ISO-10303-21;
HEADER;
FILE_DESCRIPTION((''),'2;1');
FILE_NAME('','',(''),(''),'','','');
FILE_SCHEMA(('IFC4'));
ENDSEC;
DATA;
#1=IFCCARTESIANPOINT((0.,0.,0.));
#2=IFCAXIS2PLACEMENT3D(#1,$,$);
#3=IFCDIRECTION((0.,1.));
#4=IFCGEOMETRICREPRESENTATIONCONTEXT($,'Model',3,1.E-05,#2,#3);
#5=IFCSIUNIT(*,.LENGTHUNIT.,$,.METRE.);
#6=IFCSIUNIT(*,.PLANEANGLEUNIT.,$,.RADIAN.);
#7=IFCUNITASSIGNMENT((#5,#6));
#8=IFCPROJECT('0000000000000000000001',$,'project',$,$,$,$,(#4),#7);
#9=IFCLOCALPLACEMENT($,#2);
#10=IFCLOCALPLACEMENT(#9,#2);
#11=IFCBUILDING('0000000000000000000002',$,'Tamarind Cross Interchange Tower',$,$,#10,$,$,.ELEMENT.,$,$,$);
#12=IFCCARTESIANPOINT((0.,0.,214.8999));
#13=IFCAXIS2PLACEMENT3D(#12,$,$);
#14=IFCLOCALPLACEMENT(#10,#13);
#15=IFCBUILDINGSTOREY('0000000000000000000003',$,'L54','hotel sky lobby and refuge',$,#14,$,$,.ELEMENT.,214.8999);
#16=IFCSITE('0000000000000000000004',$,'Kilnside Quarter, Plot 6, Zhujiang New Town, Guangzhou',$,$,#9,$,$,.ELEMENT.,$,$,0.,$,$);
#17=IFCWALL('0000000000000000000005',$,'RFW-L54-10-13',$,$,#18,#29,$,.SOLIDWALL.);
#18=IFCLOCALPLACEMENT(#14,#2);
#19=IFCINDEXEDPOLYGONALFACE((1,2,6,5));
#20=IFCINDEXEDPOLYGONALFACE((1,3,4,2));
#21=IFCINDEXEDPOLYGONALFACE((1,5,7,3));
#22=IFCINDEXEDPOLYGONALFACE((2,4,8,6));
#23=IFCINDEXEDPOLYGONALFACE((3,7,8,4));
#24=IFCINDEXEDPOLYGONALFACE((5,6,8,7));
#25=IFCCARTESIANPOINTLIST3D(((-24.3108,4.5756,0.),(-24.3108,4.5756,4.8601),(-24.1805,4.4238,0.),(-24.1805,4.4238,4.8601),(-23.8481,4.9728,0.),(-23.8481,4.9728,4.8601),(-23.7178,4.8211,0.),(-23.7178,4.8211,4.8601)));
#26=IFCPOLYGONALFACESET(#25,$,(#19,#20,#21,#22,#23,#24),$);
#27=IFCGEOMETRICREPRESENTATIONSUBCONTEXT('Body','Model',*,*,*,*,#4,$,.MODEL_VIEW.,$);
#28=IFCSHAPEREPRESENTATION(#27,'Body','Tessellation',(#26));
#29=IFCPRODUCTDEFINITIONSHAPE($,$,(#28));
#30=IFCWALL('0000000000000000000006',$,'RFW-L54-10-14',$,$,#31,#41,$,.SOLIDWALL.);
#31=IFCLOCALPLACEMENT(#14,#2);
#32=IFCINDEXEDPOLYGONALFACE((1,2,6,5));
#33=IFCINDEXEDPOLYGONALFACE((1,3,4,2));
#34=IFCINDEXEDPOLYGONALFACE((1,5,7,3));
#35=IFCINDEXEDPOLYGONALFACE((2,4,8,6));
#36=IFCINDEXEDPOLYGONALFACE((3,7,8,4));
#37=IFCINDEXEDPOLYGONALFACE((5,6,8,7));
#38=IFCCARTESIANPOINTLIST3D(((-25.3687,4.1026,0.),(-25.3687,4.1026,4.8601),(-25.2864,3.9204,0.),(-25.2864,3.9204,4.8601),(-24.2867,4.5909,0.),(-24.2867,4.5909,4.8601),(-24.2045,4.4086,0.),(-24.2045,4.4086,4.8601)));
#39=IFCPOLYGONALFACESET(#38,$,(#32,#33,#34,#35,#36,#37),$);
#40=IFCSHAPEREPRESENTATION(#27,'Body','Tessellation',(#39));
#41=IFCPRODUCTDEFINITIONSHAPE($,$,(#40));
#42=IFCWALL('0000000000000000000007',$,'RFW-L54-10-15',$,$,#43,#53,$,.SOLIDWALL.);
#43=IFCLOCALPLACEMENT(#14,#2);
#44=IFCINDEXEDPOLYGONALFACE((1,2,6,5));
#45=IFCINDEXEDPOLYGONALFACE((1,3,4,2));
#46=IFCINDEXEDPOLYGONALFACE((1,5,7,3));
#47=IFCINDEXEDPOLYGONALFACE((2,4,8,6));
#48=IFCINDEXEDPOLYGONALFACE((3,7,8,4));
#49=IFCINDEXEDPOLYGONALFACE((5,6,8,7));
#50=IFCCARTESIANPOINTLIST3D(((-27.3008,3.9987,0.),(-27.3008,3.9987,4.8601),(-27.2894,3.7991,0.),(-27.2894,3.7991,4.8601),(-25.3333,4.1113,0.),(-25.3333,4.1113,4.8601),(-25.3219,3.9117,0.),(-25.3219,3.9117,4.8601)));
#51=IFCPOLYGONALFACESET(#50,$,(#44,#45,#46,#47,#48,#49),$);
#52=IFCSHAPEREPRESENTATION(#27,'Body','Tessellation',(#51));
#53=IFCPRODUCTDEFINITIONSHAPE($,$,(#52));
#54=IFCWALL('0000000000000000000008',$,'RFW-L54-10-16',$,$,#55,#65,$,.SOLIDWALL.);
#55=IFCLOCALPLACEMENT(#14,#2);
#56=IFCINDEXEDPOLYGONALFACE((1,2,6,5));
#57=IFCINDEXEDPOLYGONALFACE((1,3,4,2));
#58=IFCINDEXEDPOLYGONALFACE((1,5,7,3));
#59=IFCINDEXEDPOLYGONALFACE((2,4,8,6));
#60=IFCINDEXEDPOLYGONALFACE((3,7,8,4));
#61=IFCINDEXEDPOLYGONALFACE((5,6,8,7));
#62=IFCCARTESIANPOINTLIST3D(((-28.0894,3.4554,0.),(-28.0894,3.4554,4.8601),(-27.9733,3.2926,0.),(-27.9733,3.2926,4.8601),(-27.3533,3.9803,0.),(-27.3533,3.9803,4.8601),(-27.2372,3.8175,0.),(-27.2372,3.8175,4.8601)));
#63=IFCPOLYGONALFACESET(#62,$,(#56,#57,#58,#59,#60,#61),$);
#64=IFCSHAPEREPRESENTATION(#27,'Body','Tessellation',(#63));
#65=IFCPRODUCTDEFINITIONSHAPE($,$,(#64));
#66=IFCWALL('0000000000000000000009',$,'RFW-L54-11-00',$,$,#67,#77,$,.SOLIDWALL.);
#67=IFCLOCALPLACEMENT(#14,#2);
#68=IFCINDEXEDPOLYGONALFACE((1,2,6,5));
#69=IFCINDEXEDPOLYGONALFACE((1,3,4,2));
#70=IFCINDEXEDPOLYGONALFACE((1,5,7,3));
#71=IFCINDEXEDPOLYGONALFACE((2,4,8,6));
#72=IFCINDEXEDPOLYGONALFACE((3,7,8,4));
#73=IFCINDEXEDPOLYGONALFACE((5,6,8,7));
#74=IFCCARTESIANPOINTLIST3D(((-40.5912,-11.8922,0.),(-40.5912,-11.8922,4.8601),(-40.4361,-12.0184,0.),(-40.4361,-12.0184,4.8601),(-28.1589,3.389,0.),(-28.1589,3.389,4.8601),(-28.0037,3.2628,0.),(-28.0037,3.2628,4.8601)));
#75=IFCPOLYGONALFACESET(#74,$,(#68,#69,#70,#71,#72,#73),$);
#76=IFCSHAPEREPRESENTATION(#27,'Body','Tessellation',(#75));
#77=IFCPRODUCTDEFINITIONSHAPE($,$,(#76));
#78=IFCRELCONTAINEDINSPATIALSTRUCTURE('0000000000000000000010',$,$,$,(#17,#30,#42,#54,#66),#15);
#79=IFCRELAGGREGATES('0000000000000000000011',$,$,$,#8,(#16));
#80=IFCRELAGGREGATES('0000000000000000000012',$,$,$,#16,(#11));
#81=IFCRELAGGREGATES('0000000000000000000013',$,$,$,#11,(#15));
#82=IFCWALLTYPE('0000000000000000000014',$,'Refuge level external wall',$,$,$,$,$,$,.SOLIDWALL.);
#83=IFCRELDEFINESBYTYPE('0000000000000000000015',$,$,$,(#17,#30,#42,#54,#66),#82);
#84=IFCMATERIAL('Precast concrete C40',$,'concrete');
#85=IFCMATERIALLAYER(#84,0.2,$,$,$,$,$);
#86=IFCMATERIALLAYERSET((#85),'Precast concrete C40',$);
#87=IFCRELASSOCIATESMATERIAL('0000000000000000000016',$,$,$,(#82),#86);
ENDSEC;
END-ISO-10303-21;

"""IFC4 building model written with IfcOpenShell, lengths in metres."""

from ifc_helpers import new_model, si_unit, direction, frame, frame_2d, origin, place, context, subcontext, project, spatial, rectangle, extrude, material, layer, layer_set, type_object, element, save


model = new_model("IFC4")

# Units and contexts
model_context = context("Model", 3, precision=1e-05, world=origin(), true_north=direction((0.0, 1.0)))
body_context = subcontext(model_context, "Body", "Model", "MODEL_VIEW")
ifc_project = project(units=[si_unit("LENGTHUNIT", "METRE"), si_unit("PLANEANGLEUNIT", "RADIAN")], contexts=[model_context])

# Site, building, storey
site_placement = place(None, origin())
site = spatial("IfcSite", under=ifc_project, at=site_placement, Name="Kilnside Quarter, Plot 6, Zhujiang New Town, Guangzhou", CompositionType="ELEMENT", RefElevation=0.0)
building_placement = place(site_placement, origin())
building = spatial("IfcBuilding", under=site, at=building_placement, Name="Tamarind Cross Interchange Tower", CompositionType="ELEMENT")
storey_placement = place(building_placement, frame((0.0, 0.0, 214.8999)))
storey = spatial("IfcBuildingStorey", under=building, at=storey_placement, Name="L54", Description="hotel sky lobby and refuge", CompositionType="ELEMENT", Elevation=214.8999)

# Shared definitions
ifc_material_1 = material(Name="Precast concrete C40", Category="concrete")
ifc_layer_1 = layer(ifc_material_1, 0.2)
ifc_layer_set_1 = layer_set([ifc_layer_1], Name="Precast concrete C40")
wall_type_1 = type_object("IfcWallType", Name="Refuge level external wall", PredefinedType="SOLIDWALL", material=ifc_layer_set_1)

# Walls
wall_1_placement = place(storey_placement, frame((-23.783, 4.897, 0.0), z_axis=(0.0, 0.0, 1.0), x_axis=(-0.758719, -0.651418, 0.0)))
element("IfcWall", 1, at=wall_1_placement, inside=storey, type_object=wall_type_1, Name="RFW-L54-10-13", PredefinedType="SOLIDWALL", context=body_context, shape_type="SweptSolid", body=[
    extrude(rectangle(XDim=0.6099, YDim=0.2, at=frame_2d((0.3049, 0.0))), origin(), (0.0, 0.0, 1.0), 4.8601),
])
wall_2_placement = place(storey_placement, frame((-24.2456, 4.4998, 0.0), z_axis=(0.0, 0.0, 1.0), x_axis=(-0.91149, -0.411322, 0.0)))
element("IfcWall", 2, at=wall_2_placement, inside=storey, type_object=wall_type_1, Name="RFW-L54-10-14", PredefinedType="SOLIDWALL", context=body_context, shape_type="SweptSolid", body=[
    extrude(rectangle(XDim=1.187, YDim=0.2, at=frame_2d((0.5935, 0.0))), origin(), (0.0, 0.0, 1.0), 4.8601),
])
wall_3_placement = place(storey_placement, frame((-25.3276, 4.0115, 0.0), z_axis=(0.0, 0.0, 1.0), x_axis=(-0.998368, -0.05711, 0.0)))
element("IfcWall", 3, at=wall_3_placement, inside=storey, type_object=wall_type_1, Name="RFW-L54-10-15", PredefinedType="SOLIDWALL", context=body_context, shape_type="SweptSolid", body=[
    extrude(rectangle(XDim=1.9707, YDim=0.2, at=frame_2d((0.9854, 0.0))), origin(), (0.0, 0.0, 1.0), 4.8601),
])
wall_4_placement = place(storey_placement, frame((-27.2952, 3.8989, 0.0), z_axis=(0.0, 0.0, 1.0), x_axis=(-0.814189, -0.580599, 0.0)))
element("IfcWall", 4, at=wall_4_placement, inside=storey, type_object=wall_type_1, Name="RFW-L54-10-16", PredefinedType="SOLIDWALL", context=body_context, shape_type="SweptSolid", body=[
    extrude(rectangle(XDim=0.9041, YDim=0.2, at=frame_2d((0.4521, 0.0))), origin(), (0.0, 0.0, 1.0), 4.8601),
])
wall_5_placement = place(storey_placement, frame((-28.0813, 3.3259, 0.0), z_axis=(0.0, 0.0, 1.0), x_axis=(-0.631093, -0.775707, 0.0)))
element("IfcWall", 5, at=wall_5_placement, inside=storey, type_object=wall_type_1, Name="RFW-L54-11-00", PredefinedType="SOLIDWALL", context=body_context, shape_type="SweptSolid", body=[
    extrude(rectangle(XDim=19.6997, YDim=0.2, at=frame_2d((9.8499, 0.0))), origin(), (0.0, 0.0, 1.0), 4.8601),
])

save(model, "model.ifc")
